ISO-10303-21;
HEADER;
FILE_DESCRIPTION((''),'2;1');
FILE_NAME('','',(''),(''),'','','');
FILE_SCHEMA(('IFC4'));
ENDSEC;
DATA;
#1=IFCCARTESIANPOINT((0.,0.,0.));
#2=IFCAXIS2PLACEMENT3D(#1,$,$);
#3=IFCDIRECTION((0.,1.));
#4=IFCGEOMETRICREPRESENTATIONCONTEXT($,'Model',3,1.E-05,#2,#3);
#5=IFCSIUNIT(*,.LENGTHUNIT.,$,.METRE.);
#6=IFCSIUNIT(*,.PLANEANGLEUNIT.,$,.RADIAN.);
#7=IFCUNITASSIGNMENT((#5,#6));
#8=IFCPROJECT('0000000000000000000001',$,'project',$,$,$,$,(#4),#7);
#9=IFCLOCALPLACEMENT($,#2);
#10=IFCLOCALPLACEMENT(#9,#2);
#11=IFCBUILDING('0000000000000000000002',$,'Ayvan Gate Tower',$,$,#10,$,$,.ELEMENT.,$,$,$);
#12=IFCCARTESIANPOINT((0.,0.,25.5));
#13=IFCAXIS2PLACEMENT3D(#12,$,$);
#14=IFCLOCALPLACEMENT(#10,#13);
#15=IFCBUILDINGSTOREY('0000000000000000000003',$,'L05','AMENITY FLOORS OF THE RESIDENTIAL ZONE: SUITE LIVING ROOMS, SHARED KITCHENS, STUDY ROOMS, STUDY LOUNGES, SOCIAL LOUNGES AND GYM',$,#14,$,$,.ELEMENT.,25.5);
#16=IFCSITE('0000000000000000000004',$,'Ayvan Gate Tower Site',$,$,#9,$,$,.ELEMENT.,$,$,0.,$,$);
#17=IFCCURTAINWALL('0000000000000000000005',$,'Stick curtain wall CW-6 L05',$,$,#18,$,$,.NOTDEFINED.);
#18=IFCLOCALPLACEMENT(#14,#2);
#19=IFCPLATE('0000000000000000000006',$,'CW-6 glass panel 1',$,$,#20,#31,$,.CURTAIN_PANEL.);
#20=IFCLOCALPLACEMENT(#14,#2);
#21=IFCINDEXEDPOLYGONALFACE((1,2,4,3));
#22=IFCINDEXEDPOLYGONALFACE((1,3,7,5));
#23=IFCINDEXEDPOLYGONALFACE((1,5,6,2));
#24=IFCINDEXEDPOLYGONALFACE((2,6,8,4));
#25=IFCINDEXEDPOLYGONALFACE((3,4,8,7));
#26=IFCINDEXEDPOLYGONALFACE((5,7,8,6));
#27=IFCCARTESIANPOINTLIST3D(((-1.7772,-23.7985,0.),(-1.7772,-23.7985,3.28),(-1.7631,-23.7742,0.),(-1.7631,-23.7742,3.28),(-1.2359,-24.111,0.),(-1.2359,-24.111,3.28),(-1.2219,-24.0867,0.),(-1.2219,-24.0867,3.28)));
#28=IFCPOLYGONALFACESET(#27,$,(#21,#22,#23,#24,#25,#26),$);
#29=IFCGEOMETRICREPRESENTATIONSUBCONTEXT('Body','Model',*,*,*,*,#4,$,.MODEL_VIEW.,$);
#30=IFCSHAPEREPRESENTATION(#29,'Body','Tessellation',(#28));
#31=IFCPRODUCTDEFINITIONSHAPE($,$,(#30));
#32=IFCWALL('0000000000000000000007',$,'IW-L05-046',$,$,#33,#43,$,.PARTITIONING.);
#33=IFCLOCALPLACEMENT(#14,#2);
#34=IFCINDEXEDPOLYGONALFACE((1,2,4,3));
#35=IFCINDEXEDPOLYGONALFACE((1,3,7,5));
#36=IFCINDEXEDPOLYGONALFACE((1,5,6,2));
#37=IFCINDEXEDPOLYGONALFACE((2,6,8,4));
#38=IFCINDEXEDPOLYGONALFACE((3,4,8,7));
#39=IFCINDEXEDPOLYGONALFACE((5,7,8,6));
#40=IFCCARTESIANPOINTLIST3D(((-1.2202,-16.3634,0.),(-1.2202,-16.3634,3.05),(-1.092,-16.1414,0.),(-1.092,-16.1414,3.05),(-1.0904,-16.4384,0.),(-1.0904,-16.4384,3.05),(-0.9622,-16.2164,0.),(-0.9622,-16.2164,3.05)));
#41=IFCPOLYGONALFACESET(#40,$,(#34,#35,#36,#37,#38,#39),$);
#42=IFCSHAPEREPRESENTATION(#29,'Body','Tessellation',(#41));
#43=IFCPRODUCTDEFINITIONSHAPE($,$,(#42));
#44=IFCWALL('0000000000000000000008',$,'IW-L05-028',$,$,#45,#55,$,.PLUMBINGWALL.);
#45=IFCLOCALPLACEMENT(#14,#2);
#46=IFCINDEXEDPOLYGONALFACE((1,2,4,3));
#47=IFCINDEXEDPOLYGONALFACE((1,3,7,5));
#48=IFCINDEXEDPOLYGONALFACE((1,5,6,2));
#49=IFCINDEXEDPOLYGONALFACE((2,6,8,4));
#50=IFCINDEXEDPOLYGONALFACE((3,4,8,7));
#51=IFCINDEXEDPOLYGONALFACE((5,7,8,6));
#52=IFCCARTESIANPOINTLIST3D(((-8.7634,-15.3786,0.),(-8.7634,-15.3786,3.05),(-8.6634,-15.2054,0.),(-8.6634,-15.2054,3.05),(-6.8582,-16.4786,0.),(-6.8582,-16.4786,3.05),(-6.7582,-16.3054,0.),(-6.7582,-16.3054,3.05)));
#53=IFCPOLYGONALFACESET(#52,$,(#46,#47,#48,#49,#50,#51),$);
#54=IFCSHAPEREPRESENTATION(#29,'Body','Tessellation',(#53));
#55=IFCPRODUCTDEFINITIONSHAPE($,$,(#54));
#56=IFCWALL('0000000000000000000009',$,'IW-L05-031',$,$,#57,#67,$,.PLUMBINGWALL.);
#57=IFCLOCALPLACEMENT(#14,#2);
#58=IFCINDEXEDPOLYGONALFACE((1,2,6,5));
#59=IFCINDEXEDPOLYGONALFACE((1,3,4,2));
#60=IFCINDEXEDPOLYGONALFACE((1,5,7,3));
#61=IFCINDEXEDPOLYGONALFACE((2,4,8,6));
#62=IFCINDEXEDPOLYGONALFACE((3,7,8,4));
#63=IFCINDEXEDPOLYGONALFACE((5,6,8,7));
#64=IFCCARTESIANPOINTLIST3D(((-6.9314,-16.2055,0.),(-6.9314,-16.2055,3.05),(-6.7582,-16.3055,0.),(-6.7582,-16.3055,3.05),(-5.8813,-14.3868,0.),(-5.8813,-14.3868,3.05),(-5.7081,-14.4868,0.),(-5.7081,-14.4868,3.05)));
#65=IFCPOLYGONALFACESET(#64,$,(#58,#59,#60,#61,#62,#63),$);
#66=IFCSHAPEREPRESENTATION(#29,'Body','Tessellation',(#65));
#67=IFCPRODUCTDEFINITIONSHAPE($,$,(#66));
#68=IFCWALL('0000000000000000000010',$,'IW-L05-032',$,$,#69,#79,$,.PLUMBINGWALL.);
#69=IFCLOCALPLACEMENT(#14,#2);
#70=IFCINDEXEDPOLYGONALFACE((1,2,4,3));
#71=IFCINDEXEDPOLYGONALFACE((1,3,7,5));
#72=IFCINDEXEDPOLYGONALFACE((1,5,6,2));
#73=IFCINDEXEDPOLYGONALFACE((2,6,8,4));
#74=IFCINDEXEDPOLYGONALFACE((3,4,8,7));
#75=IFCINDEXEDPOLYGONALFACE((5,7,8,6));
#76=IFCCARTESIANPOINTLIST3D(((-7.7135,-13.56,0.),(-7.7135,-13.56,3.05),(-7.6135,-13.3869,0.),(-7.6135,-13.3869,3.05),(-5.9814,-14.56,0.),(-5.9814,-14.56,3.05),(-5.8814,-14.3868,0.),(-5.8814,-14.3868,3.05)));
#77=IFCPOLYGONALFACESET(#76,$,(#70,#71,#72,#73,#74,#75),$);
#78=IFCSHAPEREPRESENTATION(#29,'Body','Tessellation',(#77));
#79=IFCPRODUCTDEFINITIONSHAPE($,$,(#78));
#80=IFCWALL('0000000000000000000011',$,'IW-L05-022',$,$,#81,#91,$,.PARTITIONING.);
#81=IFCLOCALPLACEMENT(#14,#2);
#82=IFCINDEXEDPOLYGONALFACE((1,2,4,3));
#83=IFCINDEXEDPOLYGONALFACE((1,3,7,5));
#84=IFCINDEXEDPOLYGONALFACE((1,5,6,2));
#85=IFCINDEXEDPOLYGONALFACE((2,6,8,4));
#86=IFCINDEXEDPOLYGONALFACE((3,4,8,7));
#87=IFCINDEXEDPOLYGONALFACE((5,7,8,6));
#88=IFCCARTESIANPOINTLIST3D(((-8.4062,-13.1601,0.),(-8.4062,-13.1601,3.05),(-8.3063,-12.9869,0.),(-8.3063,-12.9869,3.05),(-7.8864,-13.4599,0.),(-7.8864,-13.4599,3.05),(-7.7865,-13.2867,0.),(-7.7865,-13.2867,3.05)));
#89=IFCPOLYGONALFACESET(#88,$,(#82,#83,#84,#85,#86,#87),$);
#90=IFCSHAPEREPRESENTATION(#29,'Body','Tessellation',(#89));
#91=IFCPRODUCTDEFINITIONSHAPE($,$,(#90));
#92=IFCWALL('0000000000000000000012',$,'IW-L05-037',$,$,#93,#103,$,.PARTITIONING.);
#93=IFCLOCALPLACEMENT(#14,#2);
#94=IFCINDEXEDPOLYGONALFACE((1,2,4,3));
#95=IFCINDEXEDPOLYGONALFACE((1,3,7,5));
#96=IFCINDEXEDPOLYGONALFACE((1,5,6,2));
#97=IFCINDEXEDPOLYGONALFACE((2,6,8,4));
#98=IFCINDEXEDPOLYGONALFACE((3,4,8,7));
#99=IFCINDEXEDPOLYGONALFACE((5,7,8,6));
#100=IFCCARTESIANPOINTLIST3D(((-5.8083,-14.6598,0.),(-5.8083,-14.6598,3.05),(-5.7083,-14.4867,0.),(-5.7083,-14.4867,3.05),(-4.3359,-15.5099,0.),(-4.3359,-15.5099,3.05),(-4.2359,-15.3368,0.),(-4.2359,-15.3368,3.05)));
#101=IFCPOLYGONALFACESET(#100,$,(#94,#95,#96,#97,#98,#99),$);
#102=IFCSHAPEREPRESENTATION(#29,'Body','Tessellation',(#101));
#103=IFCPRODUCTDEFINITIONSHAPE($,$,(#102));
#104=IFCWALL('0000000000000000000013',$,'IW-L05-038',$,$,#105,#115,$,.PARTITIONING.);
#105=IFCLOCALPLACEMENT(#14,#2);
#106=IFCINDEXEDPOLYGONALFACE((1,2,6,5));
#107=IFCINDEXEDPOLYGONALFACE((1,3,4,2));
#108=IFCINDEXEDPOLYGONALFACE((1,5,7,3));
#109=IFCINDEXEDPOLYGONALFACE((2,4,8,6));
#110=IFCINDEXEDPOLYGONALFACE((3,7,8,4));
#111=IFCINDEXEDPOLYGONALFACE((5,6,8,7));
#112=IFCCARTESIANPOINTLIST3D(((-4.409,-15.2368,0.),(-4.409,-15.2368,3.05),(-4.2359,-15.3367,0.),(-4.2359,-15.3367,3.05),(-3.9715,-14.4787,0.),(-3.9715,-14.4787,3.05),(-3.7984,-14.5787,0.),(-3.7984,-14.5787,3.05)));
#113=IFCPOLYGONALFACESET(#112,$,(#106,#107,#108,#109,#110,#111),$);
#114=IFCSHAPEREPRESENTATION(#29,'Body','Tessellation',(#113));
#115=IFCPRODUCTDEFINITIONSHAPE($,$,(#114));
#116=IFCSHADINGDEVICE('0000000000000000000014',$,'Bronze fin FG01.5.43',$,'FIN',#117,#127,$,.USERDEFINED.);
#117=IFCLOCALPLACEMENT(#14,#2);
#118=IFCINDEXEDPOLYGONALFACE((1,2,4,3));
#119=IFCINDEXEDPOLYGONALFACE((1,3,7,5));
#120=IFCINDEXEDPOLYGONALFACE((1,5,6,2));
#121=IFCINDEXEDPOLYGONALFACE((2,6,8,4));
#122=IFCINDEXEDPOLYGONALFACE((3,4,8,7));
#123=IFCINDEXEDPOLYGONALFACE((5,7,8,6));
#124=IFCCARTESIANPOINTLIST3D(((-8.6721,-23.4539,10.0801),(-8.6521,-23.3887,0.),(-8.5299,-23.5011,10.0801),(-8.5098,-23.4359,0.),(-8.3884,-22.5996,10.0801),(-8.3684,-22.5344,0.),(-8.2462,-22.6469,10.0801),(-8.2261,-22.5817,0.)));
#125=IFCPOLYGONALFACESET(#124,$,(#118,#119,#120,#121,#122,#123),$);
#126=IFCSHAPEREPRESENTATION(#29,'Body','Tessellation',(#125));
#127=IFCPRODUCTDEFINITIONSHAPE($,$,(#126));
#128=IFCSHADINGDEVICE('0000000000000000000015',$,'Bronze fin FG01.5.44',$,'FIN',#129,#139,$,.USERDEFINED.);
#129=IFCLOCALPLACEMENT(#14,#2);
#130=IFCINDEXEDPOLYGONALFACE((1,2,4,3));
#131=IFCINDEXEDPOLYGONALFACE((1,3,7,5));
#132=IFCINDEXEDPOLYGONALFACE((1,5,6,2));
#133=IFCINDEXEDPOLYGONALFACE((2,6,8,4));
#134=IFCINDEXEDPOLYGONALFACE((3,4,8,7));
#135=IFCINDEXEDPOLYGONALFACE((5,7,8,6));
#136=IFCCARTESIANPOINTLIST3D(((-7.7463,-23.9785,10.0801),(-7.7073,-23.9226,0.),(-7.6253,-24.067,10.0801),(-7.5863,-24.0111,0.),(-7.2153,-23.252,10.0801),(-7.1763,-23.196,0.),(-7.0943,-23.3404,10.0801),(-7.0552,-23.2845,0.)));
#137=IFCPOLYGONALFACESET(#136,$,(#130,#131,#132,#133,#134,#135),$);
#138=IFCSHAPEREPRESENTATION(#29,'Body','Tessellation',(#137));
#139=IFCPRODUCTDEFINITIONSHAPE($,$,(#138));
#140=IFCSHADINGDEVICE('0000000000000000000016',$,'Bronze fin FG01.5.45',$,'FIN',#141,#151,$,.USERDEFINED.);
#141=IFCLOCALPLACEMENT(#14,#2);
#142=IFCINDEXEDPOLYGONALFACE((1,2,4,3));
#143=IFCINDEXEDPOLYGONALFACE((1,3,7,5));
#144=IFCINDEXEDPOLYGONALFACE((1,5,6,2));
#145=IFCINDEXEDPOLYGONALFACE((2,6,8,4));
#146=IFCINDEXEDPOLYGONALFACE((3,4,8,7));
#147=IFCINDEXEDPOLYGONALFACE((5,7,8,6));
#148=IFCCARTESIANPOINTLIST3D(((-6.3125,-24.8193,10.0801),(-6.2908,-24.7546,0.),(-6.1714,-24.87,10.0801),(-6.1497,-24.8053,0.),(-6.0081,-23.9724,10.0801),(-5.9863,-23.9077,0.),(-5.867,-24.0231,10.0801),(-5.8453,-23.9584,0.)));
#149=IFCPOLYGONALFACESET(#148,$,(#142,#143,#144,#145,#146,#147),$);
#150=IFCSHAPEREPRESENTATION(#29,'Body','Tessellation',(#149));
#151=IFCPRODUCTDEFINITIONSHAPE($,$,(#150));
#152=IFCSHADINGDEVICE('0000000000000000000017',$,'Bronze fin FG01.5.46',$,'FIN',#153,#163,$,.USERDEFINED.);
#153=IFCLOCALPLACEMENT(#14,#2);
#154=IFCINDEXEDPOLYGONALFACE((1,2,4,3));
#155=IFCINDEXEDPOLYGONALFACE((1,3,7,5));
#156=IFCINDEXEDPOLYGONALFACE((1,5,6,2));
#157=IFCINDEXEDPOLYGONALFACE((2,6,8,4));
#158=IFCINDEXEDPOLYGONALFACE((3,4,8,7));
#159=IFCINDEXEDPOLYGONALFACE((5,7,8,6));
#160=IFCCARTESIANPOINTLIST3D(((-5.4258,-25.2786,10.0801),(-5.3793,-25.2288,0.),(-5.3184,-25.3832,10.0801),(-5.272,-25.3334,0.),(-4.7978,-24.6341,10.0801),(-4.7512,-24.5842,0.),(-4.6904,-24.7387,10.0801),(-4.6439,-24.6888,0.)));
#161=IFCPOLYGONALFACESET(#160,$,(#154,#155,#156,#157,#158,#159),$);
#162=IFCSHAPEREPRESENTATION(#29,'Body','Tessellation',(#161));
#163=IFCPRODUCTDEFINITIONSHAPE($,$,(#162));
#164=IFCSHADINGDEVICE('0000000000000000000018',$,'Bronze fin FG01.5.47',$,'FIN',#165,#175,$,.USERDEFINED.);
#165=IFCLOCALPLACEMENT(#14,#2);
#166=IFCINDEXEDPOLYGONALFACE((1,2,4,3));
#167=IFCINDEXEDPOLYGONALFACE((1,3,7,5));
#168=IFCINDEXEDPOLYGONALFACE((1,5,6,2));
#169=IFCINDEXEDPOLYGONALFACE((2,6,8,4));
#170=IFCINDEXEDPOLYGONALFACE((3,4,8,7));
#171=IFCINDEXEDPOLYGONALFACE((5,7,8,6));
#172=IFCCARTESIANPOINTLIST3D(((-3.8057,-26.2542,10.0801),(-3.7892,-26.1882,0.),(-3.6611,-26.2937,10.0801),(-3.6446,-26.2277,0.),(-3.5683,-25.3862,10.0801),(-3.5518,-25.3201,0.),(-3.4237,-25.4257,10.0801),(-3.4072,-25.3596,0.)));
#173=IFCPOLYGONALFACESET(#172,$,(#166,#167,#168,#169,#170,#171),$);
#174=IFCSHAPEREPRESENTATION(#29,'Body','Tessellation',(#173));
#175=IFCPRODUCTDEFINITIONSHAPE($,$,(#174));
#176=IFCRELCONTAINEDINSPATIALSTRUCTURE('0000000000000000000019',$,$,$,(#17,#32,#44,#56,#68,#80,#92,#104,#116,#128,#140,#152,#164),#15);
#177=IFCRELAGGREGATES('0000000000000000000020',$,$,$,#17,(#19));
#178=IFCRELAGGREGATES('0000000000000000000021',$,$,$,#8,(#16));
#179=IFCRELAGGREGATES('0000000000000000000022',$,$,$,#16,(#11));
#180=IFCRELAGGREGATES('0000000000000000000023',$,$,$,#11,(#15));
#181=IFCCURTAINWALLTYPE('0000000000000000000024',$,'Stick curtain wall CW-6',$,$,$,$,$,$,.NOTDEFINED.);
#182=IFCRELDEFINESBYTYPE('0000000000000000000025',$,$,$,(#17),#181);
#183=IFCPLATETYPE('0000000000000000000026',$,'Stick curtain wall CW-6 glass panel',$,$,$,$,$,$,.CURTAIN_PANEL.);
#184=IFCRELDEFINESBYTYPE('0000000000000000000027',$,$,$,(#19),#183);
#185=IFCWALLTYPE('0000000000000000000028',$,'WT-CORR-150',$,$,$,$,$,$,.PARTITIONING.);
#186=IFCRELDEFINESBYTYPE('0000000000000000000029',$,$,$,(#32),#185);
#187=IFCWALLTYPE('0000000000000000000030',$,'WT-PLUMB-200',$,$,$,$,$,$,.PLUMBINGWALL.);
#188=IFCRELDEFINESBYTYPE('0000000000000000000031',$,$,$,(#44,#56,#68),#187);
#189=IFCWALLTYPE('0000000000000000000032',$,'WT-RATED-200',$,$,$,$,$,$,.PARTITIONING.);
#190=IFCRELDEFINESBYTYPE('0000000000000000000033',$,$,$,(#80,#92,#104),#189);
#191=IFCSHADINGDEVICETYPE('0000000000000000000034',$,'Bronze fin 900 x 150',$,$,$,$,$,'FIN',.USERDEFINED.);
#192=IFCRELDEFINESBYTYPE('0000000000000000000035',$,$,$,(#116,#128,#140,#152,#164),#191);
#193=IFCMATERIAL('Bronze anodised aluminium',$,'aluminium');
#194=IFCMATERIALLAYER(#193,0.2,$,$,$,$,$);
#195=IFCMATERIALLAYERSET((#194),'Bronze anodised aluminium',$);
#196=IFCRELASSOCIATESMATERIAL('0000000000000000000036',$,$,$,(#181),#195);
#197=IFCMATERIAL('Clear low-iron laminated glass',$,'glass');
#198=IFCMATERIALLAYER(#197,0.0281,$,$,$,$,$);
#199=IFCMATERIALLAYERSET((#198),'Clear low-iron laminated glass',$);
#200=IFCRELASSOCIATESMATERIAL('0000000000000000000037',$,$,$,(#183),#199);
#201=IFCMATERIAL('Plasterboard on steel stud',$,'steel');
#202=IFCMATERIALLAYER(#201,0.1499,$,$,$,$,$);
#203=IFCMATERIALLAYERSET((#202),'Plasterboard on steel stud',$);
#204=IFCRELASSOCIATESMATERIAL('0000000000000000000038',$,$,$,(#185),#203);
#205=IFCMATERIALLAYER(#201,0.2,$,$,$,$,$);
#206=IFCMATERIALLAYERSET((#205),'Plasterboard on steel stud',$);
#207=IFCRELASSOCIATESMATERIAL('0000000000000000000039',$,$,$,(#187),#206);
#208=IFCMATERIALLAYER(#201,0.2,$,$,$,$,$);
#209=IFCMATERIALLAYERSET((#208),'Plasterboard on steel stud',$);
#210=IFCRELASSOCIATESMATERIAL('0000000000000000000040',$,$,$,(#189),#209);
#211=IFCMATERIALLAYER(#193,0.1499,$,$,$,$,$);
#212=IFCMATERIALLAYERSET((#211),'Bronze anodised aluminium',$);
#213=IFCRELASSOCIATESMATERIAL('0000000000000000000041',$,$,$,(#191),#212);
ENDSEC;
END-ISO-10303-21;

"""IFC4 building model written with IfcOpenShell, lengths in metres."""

from ifc_helpers import new_model, si_unit, direction, frame, frame_2d, origin, origin_2d, place, context, subcontext, project, spatial, polyline, rectangle, outline, extrude, material, layer, layer_set, type_object, element, aggregate, save


model = new_model("IFC4")

# Units and contexts
model_context = context("Model", 3, precision=1e-05, world=origin(), true_north=direction((0.0, 1.0)))
body_context = subcontext(model_context, "Body", "Model", "MODEL_VIEW")
ifc_project = project(units=[si_unit("LENGTHUNIT", "METRE"), si_unit("PLANEANGLEUNIT", "RADIAN")], contexts=[model_context])

# Site, building, storey
site_placement = place(None, origin())
site = spatial("IfcSite", under=ifc_project, at=site_placement, Name="Ayvan Gate Tower Site", CompositionType="ELEMENT", RefElevation=0.0)
building_placement = place(site_placement, origin())
building = spatial("IfcBuilding", under=site, at=building_placement, Name="Ayvan Gate Tower", CompositionType="ELEMENT")
storey_placement = place(building_placement, frame((0.0, 0.0, 25.5)))
storey = spatial("IfcBuildingStorey", under=building, at=storey_placement, Name="L05", Description="AMENITY FLOORS OF THE RESIDENTIAL ZONE: SUITE LIVING ROOMS, SHARED KITCHENS, STUDY ROOMS, STUDY LOUNGES, SOCIAL LOUNGES AND GYM", CompositionType="ELEMENT", Elevation=25.5)

# Curtain wall
ifc_material_1 = material(Name="Bronze anodised aluminium", Category="aluminium")
ifc_layer_1 = layer(ifc_material_1, 0.2)
ifc_layer_set_1 = layer_set([ifc_layer_1], Name="Bronze anodised aluminium")
curtain_wall_type_1 = type_object("IfcCurtainWallType", Name="Stick curtain wall CW-6", PredefinedType="NOTDEFINED", material=ifc_layer_set_1)
curtain_wall_1_placement = place(storey_placement, origin())
curtain_wall_1 = element("IfcCurtainWall", 1, at=curtain_wall_1_placement, inside=storey, type_object=curtain_wall_type_1, Name="Stick curtain wall CW-6 L05", PredefinedType="NOTDEFINED")

# Plate
ifc_material_2 = material(Name="Clear low-iron laminated glass", Category="glass")
ifc_layer_2 = layer(ifc_material_2, 0.0281)
ifc_layer_set_2 = layer_set([ifc_layer_2], Name="Clear low-iron laminated glass")
plate_type_1 = type_object("IfcPlateType", Name="Stick curtain wall CW-6 glass panel", PredefinedType="CURTAIN_PANEL", material=ifc_layer_set_2)
plate_1_placement = place(storey_placement, frame((-1.4995, -23.9426, 0.0), z_axis=(0.0, 0.0, 1.0), x_axis=(0.866025, -0.5, 0.0)))
plate_1 = element("IfcPlate", 2, at=plate_1_placement, type_object=plate_type_1, Name="CW-6 glass panel 1", PredefinedType="CURTAIN_PANEL", context=body_context, shape_type="SweptSolid", body=[
    extrude(rectangle(XDim=0.625, YDim=0.0281, at=origin_2d()), origin(), (0.0, 0.0, 1.0), 3.28),
])
aggregate(curtain_wall_1, [plate_1])

# Walls
ifc_material_3 = material(Name="Plasterboard on steel stud", Category="steel")
ifc_layer_3 = layer(ifc_material_3, 0.1499)
ifc_layer_set_3 = layer_set([ifc_layer_3], Name="Plasterboard on steel stud")
wall_type_1 = type_object("IfcWallType", Name="WT-CORR-150", PredefinedType="PARTITIONING", material=ifc_layer_set_3)
wall_1_placement = place(storey_placement, frame((-1.1553, -16.4009, 0.0), z_axis=(0.0, 0.0, 1.0), x_axis=(0.500135, 0.865948, 0.0)))
element("IfcWall", 3, at=wall_1_placement, inside=storey, type_object=wall_type_1, Name="IW-L05-046", PredefinedType="PARTITIONING", context=body_context, shape_type="SweptSolid", body=[
    extrude(rectangle(XDim=0.2563, YDim=0.1499, at=frame_2d((0.1282, 0.0))), origin(), (0.0, 0.0, 1.0), 3.05),
])
ifc_layer_4 = layer(ifc_material_3, 0.2)
ifc_layer_set_4 = layer_set([ifc_layer_4], Name="Plasterboard on steel stud")
wall_type_2 = type_object("IfcWallType", Name="WT-PLUMB-200", PredefinedType="PLUMBINGWALL", material=ifc_layer_set_4)
wall_2_placement = place(storey_placement, frame((-6.8081, -16.3921, 0.0), z_axis=(0.0, 0.0, 1.0), x_axis=(-0.866008, 0.50003, 0.0)))
element("IfcWall", 4, at=wall_2_placement, inside=storey, type_object=wall_type_2, Name="IW-L05-028", PredefinedType="PLUMBINGWALL", context=body_context, shape_type="SweptSolid", body=[
    extrude(rectangle(XDim=2.2, YDim=0.2, at=frame_2d((1.1001, 0.0))), origin(), (0.0, 0.0, 1.0), 3.05),
])
wall_3_placement = place(storey_placement, frame((-5.7947, -14.4368, 0.0), z_axis=(0.0, 0.0, 1.0), x_axis=(-0.500028, -0.866009, 0.0)))
element("IfcWall", 5, at=wall_3_placement, inside=storey, type_object=wall_type_2, Name="IW-L05-031", PredefinedType="PLUMBINGWALL", context=body_context, shape_type="SweptSolid", body=[
    extrude(rectangle(XDim=2.1001, YDim=0.2, at=frame_2d((1.05, 0.0))), origin(), (0.0, 0.0, 1.0), 3.05),
])
wall_4_placement = place(storey_placement, frame((-5.9314, -14.4734, 0.0), z_axis=(0.0, 0.0, 1.0), x_axis=(-0.866041, 0.499973, 0.0)))
element("IfcWall", 6, at=wall_4_placement, inside=storey, type_object=wall_type_2, Name="IW-L05-032", PredefinedType="PLUMBINGWALL", context=body_context, shape_type="SweptSolid", body=[
    extrude(rectangle(XDim=2.0, YDim=0.2, at=frame_2d((1.0, 0.0))), origin(), (0.0, 0.0, 1.0), 3.05),
])
ifc_layer_5 = layer(ifc_material_3, 0.2)
ifc_layer_set_5 = layer_set([ifc_layer_5], Name="Plasterboard on steel stud")
wall_type_3 = type_object("IfcWallType", Name="WT-RATED-200", PredefinedType="PARTITIONING", material=ifc_layer_set_5)
wall_5_placement = place(storey_placement, frame((-7.8364, -13.3733, 0.0), z_axis=(0.0, 0.0, 1.0), x_axis=(-0.866233, 0.49964, 0.0)))
element("IfcWall", 7, at=wall_5_placement, inside=storey, type_object=wall_type_3, Name="IW-L05-022", PredefinedType="PARTITIONING", context=body_context, shape_type="SweptSolid", body=[
    extrude(rectangle(XDim=0.6001, YDim=0.2, at=frame_2d((0.3, 0.0))), origin(), (0.0, 0.0, 1.0), 3.05),
])
wall_6_placement = place(storey_placement, frame((-4.2859, -15.4233, 0.0), z_axis=(0.0, 0.0, 1.0), x_axis=(-0.866025, 0.5, 0.0)))
element("IfcWall", 8, at=wall_6_placement, inside=storey, type_object=wall_type_3, Name="IW-L05-037", PredefinedType="PARTITIONING", context=body_context, shape_type="SweptSolid", body=[
    extrude(rectangle(XDim=1.7002, YDim=0.2, at=frame_2d((0.8501, 0.0))), origin(), (0.0, 0.0, 1.0), 3.05),
])
wall_7_placement = place(storey_placement, frame((-3.885, -14.5288, 0.0), z_axis=(0.0, 0.0, 1.0), x_axis=(-0.499859, -0.866107, 0.0)))
element("IfcWall", 9, at=wall_7_placement, inside=storey, type_object=wall_type_3, Name="IW-L05-038", PredefinedType="PARTITIONING", context=body_context, shape_type="SweptSolid", body=[
    extrude(rectangle(XDim=0.8752, YDim=0.2, at=frame_2d((0.4375, 0.0))), origin(), (0.0, 0.0, 1.0), 3.05),
])

# Shading devices
ifc_layer_6 = layer(ifc_material_1, 0.1499)
ifc_layer_set_6 = layer_set([ifc_layer_6], Name="Bronze anodised aluminium")
shading_device_type = type_object("IfcShadingDeviceType", Name="Bronze fin 900 x 150", ElementType="FIN", PredefinedType="USERDEFINED", material=ifc_layer_set_6)
shading_device_1_placement = place(storey_placement, frame((-8.3684, -22.5344, 0.0), z_axis=(-0.949035, 0.31517, 0.000153), x_axis=(-0.31517, -0.949035, 0.0)))
element("IfcShadingDevice", 10, at=shading_device_1_placement, inside=storey, type_object=shading_device_type, Name="Bronze fin FG01.5.43", ObjectType="FIN", PredefinedType="USERDEFINED", context=body_context, shape_type="SweptSolid", body=[
    extrude(outline(polyline([(0.0, 0.0), (0.9001, 0.0), (0.9683, 10.0801), (0.0682, 10.0801), (0.0, 0.0)])), origin(), (0.0, 0.0, -1.0), 0.1499),
])
shading_device_2_placement = place(storey_placement, frame((-7.1763, -23.196, 0.0), z_axis=(-0.807361, 0.590057, 0.000144), x_axis=(-0.590057, -0.807361, 0.0)))
element("IfcShadingDevice", 11, at=shading_device_2_placement, inside=storey, type_object=shading_device_type, Name="Bronze fin FG01.5.44", ObjectType="FIN", PredefinedType="USERDEFINED", context=body_context, shape_type="SweptSolid", body=[
    extrude(outline(polyline([(0.0, 0.0), (0.8999, 0.0), (0.9681, 10.0801), (0.0682, 10.0801), (0.0, 0.0)])), origin(), (0.0, 0.0, -1.0), 0.1499),
])
shading_device_3_placement = place(storey_placement, frame((-5.9863, -23.9077, 0.0), z_axis=(-0.941046, 0.338278, 0.000143), x_axis=(-0.338278, -0.941046, 0.0)))
element("IfcShadingDevice", 12, at=shading_device_3_placement, inside=storey, type_object=shading_device_type, Name="Bronze fin FG01.5.45", ObjectType="FIN", PredefinedType="USERDEFINED", context=body_context, shape_type="SweptSolid", body=[
    extrude(outline(polyline([(0.0, 0.0), (0.9, 0.0), (0.9682, 10.0801), (0.0682, 10.0801), (0.0, 0.0)])), origin(), (0.0, 0.0, -1.0), 0.1499),
])
shading_device_4_placement = place(storey_placement, frame((-4.7512, -24.5842, 0.0), z_axis=(-0.716204, 0.697891, 0.000144), x_axis=(-0.697891, -0.716204, 0.0)))
element("IfcShadingDevice", 13, at=shading_device_4_placement, inside=storey, type_object=shading_device_type, Name="Bronze fin FG01.5.46", ObjectType="FIN", PredefinedType="USERDEFINED", context=body_context, shape_type="SweptSolid", body=[
    extrude(outline(polyline([(0.0, 0.0), (0.9, 0.0), (0.9681, 10.0801), (0.0682, 10.0801), (0.0, 0.0)])), origin(), (0.0, 0.0, -1.0), 0.1499),
])
shading_device_5_placement = place(storey_placement, frame((-3.5518, -25.3201, 0.0), z_axis=(-0.964569, 0.263829, 0.000152), x_axis=(-0.263829, -0.964569, 0.0)))
element("IfcShadingDevice", 14, at=shading_device_5_placement, inside=storey, type_object=shading_device_type, Name="Bronze fin FG01.5.47", ObjectType="FIN", PredefinedType="USERDEFINED", context=body_context, shape_type="SweptSolid", body=[
    extrude(outline(polyline([(0.0, 0.0), (0.9, 0.0), (0.968, 10.0801), (0.0681, 10.0801), (0.0, 0.0)])), origin(), (0.0, 0.0, -1.0), 0.1499),
])

save(model, "model.ifc")
